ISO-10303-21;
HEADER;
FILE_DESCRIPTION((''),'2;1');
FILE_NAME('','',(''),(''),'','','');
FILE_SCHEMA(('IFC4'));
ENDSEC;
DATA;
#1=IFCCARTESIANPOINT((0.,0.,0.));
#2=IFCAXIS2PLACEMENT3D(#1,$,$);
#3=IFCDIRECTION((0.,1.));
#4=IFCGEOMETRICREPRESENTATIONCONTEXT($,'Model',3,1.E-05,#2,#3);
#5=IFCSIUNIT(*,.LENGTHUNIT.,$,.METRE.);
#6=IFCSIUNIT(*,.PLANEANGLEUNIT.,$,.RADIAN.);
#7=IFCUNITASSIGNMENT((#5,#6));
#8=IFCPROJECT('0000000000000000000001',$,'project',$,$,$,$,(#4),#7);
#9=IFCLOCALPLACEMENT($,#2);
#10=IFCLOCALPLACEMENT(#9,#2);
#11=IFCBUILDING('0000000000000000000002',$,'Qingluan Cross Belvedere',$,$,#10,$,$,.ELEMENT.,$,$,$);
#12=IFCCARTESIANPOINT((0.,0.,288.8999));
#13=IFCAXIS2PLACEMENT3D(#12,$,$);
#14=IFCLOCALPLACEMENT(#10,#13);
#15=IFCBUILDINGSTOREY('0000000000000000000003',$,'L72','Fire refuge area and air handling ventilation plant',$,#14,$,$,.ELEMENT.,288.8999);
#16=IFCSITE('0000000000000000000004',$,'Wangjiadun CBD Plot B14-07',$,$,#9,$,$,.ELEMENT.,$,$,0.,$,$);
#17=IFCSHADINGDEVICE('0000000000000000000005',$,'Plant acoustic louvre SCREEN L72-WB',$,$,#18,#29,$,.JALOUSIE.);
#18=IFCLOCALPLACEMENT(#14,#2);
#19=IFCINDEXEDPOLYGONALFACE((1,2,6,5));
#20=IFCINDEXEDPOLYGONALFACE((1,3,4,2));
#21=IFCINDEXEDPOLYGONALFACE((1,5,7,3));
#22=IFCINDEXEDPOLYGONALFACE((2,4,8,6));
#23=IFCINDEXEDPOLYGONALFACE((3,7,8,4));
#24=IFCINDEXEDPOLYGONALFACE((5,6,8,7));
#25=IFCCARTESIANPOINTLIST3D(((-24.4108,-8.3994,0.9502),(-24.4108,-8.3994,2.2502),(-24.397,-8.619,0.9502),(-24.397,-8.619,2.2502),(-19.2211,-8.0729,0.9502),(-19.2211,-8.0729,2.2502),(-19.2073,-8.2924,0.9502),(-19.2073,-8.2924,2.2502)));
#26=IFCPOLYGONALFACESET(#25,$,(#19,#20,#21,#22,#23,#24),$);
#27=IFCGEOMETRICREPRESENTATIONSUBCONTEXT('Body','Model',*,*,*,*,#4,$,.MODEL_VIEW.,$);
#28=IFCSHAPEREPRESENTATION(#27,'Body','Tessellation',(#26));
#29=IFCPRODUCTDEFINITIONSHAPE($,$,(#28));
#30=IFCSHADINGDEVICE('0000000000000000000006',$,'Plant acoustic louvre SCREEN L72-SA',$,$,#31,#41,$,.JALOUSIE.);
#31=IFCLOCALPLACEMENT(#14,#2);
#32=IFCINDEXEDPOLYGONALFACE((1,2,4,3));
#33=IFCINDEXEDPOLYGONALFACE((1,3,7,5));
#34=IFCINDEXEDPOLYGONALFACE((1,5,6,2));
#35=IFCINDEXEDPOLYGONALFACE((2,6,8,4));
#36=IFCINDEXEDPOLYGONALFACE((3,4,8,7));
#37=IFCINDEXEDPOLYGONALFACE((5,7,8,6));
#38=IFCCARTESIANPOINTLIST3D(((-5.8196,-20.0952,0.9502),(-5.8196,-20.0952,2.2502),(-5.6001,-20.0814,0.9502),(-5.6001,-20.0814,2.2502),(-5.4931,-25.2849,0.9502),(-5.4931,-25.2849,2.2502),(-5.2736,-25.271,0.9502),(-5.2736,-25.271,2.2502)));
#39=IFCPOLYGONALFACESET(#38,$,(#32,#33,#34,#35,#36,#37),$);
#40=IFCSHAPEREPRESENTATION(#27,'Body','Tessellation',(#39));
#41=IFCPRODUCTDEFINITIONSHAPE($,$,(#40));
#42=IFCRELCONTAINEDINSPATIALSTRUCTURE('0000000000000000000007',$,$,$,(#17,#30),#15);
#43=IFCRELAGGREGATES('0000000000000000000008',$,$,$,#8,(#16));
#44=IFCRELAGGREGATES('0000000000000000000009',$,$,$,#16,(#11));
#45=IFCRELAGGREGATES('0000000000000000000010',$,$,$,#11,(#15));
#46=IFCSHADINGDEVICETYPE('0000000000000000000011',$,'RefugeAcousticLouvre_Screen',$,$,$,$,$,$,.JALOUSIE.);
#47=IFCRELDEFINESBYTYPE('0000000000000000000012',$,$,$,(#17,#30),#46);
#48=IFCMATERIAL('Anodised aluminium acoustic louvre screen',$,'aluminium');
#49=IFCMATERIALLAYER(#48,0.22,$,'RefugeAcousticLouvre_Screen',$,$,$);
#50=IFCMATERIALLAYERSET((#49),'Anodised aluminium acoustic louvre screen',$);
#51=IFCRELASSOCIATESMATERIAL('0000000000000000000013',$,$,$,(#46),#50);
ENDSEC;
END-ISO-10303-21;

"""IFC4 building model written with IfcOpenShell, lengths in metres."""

from ifc_helpers import new_model, si_unit, direction, frame, origin, origin_2d, place, context, subcontext, project, spatial, rectangle, extrude, material, layer, layer_set, type_object, element, save


model = new_model("IFC4")

# Units and contexts
model_context = context("Model", 3, precision=1e-05, world=origin(), true_north=direction((0.0, 1.0)))
body_context = subcontext(model_context, "Body", "Model", "MODEL_VIEW")
ifc_project = project(units=[si_unit("LENGTHUNIT", "METRE"), si_unit("PLANEANGLEUNIT", "RADIAN")], contexts=[model_context])

# Site, building, storey
site_placement = place(None, origin())
site = spatial("IfcSite", under=ifc_project, at=site_placement, Name="Wangjiadun CBD Plot B14-07", CompositionType="ELEMENT", RefElevation=0.0)
building_placement = place(site_placement, origin())
building = spatial("IfcBuilding", under=site, at=building_placement, Name="Qingluan Cross Belvedere", CompositionType="ELEMENT")
storey_placement = place(building_placement, frame((0.0, 0.0, 288.8999)))
storey = spatial("IfcBuildingStorey", under=building, at=storey_placement, Name="L72", Description="Fire refuge area and air handling ventilation plant", CompositionType="ELEMENT", Elevation=288.8999)

# Shading devices
ifc_material_1 = material(Name="Anodised aluminium acoustic louvre screen", Category="aluminium")
ifc_layer_1 = layer(ifc_material_1, 0.22, Name="RefugeAcousticLouvre_Screen")
ifc_layer_set_1 = layer_set([ifc_layer_1], Name="Anodised aluminium acoustic louvre screen")
shading_device_type_1 = type_object("IfcShadingDeviceType", Name="RefugeAcousticLouvre_Screen", PredefinedType="JALOUSIE", material=ifc_layer_set_1)
for number, where, z_axis, x_axis, name in (
    (1, (-21.8091, -8.3459, 0.9502), (0.0, 0.0, 1.0), (0.998026, 0.062796, 0.0), "Plant acoustic louvre SCREEN L72-WB"),
    (2, (-5.5466, -22.6831, 0.9502), (0.0, 0.0, 1.0), (0.062789, -0.998027, 0.0), "Plant acoustic louvre SCREEN L72-SA"),
):
    element("IfcShadingDevice", number, at=place(storey_placement, frame(where, z_axis=z_axis, x_axis=x_axis)), inside=storey, type_object=shading_device_type_1, Name=name, PredefinedType="JALOUSIE", context=body_context, shape_type="SweptSolid", body=[
        extrude(rectangle(XDim=5.2, YDim=0.22, at=origin_2d()), origin(), (0.0, 0.0, 1.0), 1.3),
    ])

save(model, "model.ifc")
